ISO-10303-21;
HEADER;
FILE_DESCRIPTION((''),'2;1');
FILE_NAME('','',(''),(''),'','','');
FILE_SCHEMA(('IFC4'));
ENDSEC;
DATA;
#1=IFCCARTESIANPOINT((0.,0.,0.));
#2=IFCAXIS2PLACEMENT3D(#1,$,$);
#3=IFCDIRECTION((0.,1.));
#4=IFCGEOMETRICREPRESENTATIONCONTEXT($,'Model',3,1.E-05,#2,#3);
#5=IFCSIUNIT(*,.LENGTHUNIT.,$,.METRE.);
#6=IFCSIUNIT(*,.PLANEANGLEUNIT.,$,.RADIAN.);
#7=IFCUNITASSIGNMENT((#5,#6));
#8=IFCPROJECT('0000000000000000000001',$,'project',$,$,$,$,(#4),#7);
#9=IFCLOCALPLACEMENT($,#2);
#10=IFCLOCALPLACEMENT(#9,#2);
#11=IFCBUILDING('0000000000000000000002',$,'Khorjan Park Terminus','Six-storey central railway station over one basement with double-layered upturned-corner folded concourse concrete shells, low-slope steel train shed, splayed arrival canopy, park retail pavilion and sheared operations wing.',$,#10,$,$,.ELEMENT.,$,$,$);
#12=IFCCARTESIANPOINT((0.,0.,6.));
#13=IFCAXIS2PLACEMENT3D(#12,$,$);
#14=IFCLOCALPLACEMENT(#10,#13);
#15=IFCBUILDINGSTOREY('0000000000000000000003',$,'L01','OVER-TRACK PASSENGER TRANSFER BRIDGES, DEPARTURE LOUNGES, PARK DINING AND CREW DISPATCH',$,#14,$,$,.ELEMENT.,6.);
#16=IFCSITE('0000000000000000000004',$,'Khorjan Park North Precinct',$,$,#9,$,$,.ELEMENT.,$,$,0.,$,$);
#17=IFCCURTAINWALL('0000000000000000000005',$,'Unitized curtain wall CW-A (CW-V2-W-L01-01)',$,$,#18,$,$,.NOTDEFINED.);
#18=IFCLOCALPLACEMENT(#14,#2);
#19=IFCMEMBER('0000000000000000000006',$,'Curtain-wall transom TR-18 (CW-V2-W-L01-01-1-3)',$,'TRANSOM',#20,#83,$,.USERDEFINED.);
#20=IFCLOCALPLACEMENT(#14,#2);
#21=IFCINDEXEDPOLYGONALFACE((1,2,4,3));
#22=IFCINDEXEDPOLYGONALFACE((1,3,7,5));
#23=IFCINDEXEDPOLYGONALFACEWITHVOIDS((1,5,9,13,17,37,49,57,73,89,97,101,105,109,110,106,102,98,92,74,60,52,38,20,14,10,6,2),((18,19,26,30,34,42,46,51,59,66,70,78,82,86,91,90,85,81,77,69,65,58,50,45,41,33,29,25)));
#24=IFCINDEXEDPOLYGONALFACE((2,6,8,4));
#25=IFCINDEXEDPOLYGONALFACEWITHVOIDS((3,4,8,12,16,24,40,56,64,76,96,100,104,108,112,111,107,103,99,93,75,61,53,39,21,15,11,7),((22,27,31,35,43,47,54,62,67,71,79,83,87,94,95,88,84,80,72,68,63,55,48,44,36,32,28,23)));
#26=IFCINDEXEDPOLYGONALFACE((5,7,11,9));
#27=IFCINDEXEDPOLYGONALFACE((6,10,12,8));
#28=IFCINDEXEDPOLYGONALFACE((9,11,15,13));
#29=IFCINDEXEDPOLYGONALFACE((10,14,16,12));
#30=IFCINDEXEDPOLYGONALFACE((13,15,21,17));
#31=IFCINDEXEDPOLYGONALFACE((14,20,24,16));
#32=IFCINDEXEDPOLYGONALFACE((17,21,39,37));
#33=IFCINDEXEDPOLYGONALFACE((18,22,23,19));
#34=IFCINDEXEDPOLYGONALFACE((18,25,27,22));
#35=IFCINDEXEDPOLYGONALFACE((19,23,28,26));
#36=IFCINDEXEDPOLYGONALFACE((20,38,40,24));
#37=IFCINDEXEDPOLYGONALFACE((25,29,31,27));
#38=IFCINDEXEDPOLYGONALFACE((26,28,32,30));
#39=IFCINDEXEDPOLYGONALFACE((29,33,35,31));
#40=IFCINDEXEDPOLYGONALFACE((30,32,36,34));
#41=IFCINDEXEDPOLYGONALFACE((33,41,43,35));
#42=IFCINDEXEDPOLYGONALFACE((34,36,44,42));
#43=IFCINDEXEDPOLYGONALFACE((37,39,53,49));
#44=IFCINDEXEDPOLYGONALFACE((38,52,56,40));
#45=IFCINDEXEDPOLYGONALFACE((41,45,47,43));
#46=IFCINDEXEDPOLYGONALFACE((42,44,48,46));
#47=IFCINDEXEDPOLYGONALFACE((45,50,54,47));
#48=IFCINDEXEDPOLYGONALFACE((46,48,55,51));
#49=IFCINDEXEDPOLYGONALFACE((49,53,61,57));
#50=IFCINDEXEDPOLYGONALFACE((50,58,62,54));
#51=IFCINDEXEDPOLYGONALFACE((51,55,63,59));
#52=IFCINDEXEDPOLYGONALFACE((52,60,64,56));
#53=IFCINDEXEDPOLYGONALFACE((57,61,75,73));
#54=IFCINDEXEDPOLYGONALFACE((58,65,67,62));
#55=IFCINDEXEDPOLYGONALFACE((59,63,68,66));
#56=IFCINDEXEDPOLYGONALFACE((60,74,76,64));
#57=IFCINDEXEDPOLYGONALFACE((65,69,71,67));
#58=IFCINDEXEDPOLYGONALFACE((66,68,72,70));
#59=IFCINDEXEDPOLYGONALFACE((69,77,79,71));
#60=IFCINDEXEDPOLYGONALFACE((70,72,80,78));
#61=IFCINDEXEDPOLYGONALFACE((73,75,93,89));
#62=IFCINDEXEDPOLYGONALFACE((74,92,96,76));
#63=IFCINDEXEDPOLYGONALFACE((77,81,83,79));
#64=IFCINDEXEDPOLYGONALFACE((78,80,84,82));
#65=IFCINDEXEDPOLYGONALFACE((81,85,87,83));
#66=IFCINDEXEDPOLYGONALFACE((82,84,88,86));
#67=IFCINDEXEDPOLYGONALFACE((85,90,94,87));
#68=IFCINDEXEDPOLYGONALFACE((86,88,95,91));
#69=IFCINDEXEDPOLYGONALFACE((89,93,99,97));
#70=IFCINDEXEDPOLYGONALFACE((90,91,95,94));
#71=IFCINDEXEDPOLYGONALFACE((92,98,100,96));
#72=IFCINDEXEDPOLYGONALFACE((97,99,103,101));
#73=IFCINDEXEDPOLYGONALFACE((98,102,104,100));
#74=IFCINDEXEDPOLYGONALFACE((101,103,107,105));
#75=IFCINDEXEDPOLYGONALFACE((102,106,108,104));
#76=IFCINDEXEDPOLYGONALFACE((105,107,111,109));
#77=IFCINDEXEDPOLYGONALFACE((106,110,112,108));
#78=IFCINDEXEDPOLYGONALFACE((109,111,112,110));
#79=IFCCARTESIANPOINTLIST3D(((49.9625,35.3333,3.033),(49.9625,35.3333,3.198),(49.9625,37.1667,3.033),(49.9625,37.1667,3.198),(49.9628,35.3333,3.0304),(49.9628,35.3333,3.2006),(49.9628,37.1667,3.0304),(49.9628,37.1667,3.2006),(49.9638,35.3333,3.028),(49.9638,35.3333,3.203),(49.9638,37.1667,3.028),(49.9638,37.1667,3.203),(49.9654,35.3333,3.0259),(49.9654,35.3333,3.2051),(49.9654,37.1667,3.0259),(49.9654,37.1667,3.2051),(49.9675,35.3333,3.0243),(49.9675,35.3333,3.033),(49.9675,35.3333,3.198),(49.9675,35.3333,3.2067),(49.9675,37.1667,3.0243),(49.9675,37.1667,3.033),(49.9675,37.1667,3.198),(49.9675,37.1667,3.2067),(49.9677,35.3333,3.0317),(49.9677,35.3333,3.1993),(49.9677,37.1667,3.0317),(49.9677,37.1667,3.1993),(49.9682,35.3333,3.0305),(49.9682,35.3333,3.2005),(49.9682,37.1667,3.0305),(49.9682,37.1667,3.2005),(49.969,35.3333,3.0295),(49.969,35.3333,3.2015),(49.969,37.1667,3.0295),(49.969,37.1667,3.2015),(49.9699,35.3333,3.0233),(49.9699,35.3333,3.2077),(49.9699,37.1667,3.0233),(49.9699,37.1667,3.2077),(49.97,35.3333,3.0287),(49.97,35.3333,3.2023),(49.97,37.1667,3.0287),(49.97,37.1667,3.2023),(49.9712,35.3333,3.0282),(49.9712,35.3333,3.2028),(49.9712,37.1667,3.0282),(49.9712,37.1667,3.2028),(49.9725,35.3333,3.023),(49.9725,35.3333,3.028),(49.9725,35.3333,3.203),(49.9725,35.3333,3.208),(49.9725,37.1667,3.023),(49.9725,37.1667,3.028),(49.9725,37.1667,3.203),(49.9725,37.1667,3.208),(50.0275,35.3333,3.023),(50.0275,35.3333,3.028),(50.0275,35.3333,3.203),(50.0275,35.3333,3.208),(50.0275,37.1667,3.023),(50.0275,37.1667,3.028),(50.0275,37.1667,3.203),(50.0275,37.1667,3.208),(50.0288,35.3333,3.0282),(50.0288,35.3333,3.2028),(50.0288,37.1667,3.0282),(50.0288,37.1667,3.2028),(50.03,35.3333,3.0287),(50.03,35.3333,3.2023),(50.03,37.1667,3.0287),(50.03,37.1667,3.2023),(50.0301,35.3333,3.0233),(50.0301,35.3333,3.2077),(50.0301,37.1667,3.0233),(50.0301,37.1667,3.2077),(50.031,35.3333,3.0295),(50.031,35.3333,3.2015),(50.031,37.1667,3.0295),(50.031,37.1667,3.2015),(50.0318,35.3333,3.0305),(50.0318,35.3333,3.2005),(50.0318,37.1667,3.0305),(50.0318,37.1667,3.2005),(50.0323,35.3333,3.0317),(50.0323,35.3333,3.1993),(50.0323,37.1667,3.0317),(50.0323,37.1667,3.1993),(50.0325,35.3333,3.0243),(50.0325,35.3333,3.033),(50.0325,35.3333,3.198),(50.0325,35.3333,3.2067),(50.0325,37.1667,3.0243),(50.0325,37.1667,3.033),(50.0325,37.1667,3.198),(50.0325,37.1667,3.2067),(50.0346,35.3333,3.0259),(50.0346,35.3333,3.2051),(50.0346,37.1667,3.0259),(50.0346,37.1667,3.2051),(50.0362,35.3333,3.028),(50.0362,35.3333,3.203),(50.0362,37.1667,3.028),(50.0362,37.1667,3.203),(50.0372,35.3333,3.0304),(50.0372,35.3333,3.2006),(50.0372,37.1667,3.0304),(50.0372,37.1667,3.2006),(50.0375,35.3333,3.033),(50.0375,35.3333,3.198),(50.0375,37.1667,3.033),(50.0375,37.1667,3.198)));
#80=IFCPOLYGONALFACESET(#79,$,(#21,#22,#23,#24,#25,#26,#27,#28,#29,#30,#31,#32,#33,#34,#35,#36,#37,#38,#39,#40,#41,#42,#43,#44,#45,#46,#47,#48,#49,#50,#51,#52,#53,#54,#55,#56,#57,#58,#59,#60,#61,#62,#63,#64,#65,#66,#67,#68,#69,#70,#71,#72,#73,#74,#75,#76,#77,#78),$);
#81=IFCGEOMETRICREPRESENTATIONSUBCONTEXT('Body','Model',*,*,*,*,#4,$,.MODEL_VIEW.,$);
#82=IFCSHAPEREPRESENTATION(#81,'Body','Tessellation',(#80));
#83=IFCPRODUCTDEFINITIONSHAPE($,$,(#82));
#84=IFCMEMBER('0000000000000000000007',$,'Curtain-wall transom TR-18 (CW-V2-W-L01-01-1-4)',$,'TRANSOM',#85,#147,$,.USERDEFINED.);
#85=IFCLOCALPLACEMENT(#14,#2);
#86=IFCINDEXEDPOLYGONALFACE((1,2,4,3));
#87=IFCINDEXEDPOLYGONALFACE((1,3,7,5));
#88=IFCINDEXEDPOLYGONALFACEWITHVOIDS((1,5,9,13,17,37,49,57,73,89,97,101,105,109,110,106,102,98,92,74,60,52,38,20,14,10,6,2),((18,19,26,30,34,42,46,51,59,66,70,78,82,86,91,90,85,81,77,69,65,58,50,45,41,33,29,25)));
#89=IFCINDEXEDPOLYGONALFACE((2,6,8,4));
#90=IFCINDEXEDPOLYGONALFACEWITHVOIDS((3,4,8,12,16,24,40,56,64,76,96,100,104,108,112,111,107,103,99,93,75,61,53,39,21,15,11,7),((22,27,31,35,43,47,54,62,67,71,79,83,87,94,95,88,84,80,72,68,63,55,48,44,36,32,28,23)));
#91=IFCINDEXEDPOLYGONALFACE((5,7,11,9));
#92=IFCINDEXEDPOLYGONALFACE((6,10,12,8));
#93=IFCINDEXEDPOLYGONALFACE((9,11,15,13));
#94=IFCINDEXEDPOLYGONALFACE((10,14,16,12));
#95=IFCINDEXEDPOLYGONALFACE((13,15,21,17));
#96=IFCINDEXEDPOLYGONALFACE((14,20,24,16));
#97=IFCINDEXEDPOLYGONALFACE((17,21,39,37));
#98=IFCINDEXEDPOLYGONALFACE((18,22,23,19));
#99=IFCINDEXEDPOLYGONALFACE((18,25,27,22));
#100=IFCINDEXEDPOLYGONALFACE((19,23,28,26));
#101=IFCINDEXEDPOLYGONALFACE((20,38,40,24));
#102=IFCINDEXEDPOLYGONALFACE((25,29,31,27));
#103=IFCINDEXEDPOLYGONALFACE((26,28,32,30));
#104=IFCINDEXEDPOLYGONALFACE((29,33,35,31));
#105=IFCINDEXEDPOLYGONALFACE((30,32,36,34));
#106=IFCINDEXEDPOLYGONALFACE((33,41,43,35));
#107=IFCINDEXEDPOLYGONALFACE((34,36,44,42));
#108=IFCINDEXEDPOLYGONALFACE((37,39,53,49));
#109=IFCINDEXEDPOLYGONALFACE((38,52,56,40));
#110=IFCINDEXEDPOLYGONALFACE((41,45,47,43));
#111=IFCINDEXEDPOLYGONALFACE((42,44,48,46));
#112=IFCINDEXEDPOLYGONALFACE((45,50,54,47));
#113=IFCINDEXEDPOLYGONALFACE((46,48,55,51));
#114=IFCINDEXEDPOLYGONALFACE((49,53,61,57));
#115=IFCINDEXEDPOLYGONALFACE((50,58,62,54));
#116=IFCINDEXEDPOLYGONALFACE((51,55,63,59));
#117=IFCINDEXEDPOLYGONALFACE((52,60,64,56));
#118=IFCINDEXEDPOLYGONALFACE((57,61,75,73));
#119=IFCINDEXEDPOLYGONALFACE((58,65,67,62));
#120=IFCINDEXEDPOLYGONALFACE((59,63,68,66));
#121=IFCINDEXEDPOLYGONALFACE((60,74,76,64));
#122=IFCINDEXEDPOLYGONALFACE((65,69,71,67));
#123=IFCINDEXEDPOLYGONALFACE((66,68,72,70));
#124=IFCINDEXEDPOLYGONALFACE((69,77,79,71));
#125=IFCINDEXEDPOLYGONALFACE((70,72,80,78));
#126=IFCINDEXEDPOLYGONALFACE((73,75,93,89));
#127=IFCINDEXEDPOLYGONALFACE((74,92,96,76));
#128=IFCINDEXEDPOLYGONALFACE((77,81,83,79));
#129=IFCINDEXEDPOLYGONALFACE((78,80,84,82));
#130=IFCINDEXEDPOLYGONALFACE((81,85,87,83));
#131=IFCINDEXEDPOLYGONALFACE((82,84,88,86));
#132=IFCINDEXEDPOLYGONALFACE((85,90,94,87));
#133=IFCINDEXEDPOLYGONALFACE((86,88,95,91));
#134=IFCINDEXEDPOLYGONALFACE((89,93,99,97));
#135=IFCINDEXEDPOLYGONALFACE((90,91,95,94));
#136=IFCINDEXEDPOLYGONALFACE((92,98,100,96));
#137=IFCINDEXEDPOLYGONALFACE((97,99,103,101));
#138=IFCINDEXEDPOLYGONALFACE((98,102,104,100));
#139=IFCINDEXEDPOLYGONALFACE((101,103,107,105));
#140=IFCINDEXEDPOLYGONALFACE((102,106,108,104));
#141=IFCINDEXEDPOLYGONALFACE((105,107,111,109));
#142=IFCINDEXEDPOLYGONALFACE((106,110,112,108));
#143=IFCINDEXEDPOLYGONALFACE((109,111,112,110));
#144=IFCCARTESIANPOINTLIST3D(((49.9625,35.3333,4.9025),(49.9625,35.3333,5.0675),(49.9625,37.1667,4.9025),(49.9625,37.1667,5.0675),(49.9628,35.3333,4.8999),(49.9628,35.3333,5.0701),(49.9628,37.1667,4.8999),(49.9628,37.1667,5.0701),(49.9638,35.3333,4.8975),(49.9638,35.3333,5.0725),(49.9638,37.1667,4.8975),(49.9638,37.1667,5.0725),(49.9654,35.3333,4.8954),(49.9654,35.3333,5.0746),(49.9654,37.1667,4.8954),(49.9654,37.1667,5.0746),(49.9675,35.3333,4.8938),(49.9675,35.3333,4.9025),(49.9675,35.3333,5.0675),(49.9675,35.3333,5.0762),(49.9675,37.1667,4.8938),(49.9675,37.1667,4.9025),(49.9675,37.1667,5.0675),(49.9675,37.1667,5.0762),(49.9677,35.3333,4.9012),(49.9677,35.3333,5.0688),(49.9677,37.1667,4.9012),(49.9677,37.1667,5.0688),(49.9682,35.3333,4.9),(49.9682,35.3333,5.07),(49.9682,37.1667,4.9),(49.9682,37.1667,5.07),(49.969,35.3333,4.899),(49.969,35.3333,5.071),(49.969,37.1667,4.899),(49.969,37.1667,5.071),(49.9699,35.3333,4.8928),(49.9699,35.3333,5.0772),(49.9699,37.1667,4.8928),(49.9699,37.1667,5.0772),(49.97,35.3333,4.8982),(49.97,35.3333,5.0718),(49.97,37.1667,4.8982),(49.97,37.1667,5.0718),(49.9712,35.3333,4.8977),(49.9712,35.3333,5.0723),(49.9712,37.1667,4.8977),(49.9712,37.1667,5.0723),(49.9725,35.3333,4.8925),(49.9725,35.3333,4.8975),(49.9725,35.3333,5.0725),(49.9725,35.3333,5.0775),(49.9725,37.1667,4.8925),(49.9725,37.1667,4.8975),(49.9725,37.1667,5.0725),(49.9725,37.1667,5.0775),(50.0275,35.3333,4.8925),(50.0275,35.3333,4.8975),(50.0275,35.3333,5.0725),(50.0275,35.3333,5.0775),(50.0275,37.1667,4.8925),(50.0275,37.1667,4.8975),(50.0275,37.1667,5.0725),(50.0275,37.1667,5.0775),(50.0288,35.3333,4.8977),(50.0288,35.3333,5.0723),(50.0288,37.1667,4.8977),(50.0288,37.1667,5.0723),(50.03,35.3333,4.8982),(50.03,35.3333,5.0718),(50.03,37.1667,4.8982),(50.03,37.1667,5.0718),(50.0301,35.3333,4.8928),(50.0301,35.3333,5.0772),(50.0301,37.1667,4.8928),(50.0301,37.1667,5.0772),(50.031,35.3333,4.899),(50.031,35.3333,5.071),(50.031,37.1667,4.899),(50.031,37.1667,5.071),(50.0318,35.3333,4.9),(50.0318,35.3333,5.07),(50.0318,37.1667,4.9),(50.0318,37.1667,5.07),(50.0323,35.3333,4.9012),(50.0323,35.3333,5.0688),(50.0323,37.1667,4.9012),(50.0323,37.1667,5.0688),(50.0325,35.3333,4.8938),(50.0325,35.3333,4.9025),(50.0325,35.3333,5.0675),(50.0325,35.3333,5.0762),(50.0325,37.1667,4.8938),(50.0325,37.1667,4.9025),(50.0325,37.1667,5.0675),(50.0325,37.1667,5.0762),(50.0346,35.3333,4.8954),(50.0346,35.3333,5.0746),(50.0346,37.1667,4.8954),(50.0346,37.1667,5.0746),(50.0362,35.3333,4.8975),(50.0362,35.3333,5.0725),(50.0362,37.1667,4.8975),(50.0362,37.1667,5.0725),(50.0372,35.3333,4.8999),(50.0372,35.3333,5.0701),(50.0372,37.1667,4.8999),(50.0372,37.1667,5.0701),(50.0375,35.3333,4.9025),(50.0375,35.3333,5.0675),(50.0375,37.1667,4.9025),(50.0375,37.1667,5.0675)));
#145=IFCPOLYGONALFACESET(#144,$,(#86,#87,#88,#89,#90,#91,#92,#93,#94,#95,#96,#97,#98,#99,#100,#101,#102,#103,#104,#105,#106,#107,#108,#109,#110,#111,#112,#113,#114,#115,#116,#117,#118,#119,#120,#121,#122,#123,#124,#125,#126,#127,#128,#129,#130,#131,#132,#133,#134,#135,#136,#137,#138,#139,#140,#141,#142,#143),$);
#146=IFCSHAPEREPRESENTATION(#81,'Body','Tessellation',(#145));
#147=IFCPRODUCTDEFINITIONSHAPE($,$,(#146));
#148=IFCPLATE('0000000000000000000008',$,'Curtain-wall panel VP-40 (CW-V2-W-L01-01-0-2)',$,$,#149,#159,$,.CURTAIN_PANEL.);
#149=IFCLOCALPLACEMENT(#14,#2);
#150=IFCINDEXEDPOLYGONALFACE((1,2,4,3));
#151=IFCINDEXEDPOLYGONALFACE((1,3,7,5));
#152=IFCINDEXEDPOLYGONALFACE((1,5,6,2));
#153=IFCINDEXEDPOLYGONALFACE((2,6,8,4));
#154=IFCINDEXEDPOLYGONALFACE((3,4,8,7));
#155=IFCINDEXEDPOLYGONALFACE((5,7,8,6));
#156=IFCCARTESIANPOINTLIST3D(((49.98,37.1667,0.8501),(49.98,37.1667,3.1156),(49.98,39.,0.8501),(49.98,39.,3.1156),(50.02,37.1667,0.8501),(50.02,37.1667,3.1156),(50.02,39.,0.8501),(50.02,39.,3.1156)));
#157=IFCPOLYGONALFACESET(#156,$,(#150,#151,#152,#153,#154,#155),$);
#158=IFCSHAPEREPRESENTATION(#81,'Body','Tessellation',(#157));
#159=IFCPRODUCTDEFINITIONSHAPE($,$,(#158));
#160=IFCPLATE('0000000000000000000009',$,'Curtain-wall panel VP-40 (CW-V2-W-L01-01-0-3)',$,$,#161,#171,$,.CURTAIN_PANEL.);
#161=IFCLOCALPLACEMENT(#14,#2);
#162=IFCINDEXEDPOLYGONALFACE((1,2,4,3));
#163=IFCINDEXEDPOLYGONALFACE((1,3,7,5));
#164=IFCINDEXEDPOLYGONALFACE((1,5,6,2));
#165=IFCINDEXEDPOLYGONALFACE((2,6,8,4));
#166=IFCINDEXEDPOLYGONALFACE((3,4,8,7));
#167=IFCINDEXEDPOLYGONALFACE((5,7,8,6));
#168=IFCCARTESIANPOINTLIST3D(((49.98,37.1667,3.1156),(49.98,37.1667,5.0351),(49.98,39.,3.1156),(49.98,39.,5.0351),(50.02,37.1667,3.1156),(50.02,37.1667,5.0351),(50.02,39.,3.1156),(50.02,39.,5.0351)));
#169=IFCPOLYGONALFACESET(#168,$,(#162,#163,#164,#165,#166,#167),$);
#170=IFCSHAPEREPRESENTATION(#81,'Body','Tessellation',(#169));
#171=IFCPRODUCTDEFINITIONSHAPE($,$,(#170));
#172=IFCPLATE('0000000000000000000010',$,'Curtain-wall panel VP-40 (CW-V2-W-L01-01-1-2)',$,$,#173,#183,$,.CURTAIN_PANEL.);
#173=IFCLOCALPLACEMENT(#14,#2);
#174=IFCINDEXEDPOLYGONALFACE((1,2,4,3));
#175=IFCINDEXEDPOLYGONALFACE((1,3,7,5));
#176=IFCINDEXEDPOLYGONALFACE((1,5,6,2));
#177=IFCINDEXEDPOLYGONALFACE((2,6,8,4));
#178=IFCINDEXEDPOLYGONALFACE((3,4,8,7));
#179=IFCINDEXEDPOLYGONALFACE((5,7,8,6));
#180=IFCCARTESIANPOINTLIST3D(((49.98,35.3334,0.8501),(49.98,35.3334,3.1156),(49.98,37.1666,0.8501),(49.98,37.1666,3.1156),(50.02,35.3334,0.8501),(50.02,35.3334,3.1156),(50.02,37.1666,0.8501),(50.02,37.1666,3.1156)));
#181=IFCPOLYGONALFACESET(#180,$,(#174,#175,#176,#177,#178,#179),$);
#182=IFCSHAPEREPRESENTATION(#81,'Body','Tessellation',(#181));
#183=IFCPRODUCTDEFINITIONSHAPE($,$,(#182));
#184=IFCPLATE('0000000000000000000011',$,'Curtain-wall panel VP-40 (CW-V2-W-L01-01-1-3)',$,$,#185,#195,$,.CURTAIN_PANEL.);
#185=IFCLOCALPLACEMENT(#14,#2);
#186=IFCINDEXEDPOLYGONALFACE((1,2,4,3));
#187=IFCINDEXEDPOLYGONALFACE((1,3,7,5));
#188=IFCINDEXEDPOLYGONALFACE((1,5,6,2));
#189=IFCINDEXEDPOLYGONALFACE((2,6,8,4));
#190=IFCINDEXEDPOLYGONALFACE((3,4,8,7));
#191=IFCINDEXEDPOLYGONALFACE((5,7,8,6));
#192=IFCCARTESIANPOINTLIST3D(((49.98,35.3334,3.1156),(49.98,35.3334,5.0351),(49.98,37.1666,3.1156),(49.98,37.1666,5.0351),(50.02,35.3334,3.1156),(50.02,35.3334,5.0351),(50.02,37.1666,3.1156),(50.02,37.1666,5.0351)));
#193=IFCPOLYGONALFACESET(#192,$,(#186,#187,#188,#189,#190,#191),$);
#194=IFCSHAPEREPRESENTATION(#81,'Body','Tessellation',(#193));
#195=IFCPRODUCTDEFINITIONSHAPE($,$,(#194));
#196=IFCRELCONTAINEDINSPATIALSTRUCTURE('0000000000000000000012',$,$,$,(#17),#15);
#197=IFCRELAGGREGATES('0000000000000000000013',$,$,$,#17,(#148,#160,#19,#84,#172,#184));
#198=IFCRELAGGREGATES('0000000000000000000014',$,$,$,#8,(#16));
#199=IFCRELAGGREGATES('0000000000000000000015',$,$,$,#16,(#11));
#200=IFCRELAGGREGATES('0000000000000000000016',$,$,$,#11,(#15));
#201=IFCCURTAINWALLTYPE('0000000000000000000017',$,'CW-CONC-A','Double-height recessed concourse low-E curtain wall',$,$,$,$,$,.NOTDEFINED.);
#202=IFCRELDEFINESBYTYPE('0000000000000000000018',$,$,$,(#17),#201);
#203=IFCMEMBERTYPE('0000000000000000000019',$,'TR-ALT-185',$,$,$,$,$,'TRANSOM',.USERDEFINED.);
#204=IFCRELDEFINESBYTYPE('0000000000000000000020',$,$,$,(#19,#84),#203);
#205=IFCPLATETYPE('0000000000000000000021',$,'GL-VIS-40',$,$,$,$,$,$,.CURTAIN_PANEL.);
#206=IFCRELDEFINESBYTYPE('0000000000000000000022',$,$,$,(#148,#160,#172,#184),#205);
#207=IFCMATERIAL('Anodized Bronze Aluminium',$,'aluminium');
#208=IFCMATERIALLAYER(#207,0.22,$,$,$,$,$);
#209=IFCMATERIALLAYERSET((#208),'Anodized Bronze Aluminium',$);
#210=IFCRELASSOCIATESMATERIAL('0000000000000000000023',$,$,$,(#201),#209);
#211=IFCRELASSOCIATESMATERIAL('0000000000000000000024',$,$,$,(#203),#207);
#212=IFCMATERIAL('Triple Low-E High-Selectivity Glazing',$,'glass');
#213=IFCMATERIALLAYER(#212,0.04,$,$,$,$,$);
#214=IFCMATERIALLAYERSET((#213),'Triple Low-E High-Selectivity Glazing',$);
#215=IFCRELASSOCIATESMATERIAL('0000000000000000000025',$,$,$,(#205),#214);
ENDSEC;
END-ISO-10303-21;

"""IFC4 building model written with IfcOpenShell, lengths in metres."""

from ifc_helpers import new_model, si_unit, direction, frame, origin, origin_2d, place, context, subcontext, project, spatial, rectangle, hollow_rectangle, extrude, material, layer, layer_set, material_profile, profile_set, type_object, element, aggregate, save


model = new_model("IFC4")

# Units and contexts
model_context = context("Model", 3, precision=1e-05, world=origin(), true_north=direction((0.0, 1.0)))
body_context = subcontext(model_context, "Body", "Model", "MODEL_VIEW")
ifc_project = project(units=[si_unit("LENGTHUNIT", "METRE"), si_unit("PLANEANGLEUNIT", "RADIAN")], contexts=[model_context])

# Site, building, storey
site_placement = place(None, origin())
site = spatial("IfcSite", under=ifc_project, at=site_placement, Name="Khorjan Park North Precinct", CompositionType="ELEMENT", RefElevation=0.0)
building_placement = place(site_placement, origin())
building = spatial("IfcBuilding", under=site, at=building_placement, Name="Khorjan Park Terminus", Description="Six-storey central railway station over one basement with double-layered upturned-corner folded concourse concrete shells, low-slope steel train shed, splayed arrival canopy, park retail pavilion and sheared operations wing.", CompositionType="ELEMENT")
storey_placement = place(building_placement, frame((0.0, 0.0, 6.0)))
storey = spatial("IfcBuildingStorey", under=building, at=storey_placement, Name="L01", Description="OVER-TRACK PASSENGER TRANSFER BRIDGES, DEPARTURE LOUNGES, PARK DINING AND CREW DISPATCH", CompositionType="ELEMENT", Elevation=6.0)

# Curtain wall, members, plates
ifc_material_1 = material(Name="Anodized Bronze Aluminium", Category="aluminium")
ifc_layer_1 = layer(ifc_material_1, 0.22)
ifc_layer_set_1 = layer_set([ifc_layer_1], Name="Anodized Bronze Aluminium")
curtain_wall_type = type_object("IfcCurtainWallType", Name="CW-CONC-A", Description="Double-height recessed concourse low-E curtain wall", PredefinedType="NOTDEFINED", material=ifc_layer_set_1)
curtain_wall_placement = place(storey_placement, origin())
curtain_wall = element("IfcCurtainWall", 1, at=curtain_wall_placement, inside=storey, type_object=curtain_wall_type, Name="Unitized curtain wall CW-A (CW-V2-W-L01-01)", PredefinedType="NOTDEFINED")
ifc_material_profile_1 = material_profile(ifc_material_1, hollow_rectangle(XDim=0.075, YDim=0.185, WallThickness=0.005, InnerFilletRadius=0.005, OuterFilletRadius=0.01, at=origin_2d()), Name="ALT 75x185x5")
ifc_profile_set_1 = profile_set([ifc_material_profile_1], Name="Anodized Bronze Aluminium")
member_type_1 = type_object("IfcMemberType", Name="TR-ALT-185", ElementType="TRANSOM", PredefinedType="USERDEFINED", material=ifc_profile_set_1)
member_1_placement = place(storey_placement, frame((50.0, 37.1667, 3.1155), z_axis=(0.0, -1.0, 0.0), x_axis=(1.0, 0.0, 0.0)))
member_1 = element("IfcMember", 2, at=member_1_placement, type_object=member_type_1, Name="Curtain-wall transom TR-18 (CW-V2-W-L01-01-1-3)", ObjectType="TRANSOM", PredefinedType="USERDEFINED", context=body_context, shape_type="SweptSolid", body=[
    extrude(hollow_rectangle(XDim=0.075, YDim=0.185, WallThickness=0.005, InnerFilletRadius=0.005, OuterFilletRadius=0.01, at=origin_2d()), origin(), (0.0, 0.0, 1.0), 1.8334),
])
member_2_placement = place(storey_placement, frame((50.0, 37.1667, 4.985), z_axis=(0.0, -1.0, 0.0), x_axis=(1.0, 0.0, 0.0)))
member_2 = element("IfcMember", 3, at=member_2_placement, type_object=member_type_1, Name="Curtain-wall transom TR-18 (CW-V2-W-L01-01-1-4)", ObjectType="TRANSOM", PredefinedType="USERDEFINED", context=body_context, shape_type="SweptSolid", body=[
    extrude(hollow_rectangle(XDim=0.075, YDim=0.185, WallThickness=0.005, InnerFilletRadius=0.005, OuterFilletRadius=0.01, at=origin_2d()), origin(), (0.0, 0.0, 1.0), 1.8334),
])
ifc_material_2 = material(Name="Triple Low-E High-Selectivity Glazing", Category="glass")
ifc_layer_2 = layer(ifc_material_2, 0.04)
ifc_layer_set_2 = layer_set([ifc_layer_2], Name="Triple Low-E High-Selectivity Glazing")
plate_type_1 = type_object("IfcPlateType", Name="GL-VIS-40", PredefinedType="CURTAIN_PANEL", material=ifc_layer_set_2)
plate_1_placement = place(storey_placement, frame((50.0, 38.0833, 0.8501), z_axis=(0.0, 0.0, 1.0), x_axis=(0.0, -1.0, 0.0)))
plate_1 = element("IfcPlate", 4, at=plate_1_placement, type_object=plate_type_1, Name="Curtain-wall panel VP-40 (CW-V2-W-L01-01-0-2)", PredefinedType="CURTAIN_PANEL", context=body_context, shape_type="SweptSolid", body=[
    extrude(rectangle(XDim=1.8333, YDim=0.04, at=origin_2d()), origin(), (0.0, 0.0, 1.0), 2.2655),
])
plate_2_placement = place(storey_placement, frame((50.0, 38.0833, 3.1156), z_axis=(0.0, 0.0, 1.0), x_axis=(0.0, -1.0, 0.0)))
plate_2 = element("IfcPlate", 5, at=plate_2_placement, type_object=plate_type_1, Name="Curtain-wall panel VP-40 (CW-V2-W-L01-01-0-3)", PredefinedType="CURTAIN_PANEL", context=body_context, shape_type="SweptSolid", body=[
    extrude(rectangle(XDim=1.8333, YDim=0.04, at=origin_2d()), origin(), (0.0, 0.0, 1.0), 1.9195),
])
plate_3_placement = place(storey_placement, frame((50.0, 36.25, 0.8501), z_axis=(0.0, 0.0, 1.0), x_axis=(0.0, -1.0, 0.0)))
plate_3 = element("IfcPlate", 6, at=plate_3_placement, type_object=plate_type_1, Name="Curtain-wall panel VP-40 (CW-V2-W-L01-01-1-2)", PredefinedType="CURTAIN_PANEL", context=body_context, shape_type="SweptSolid", body=[
    extrude(rectangle(XDim=1.8333, YDim=0.04, at=origin_2d()), origin(), (0.0, 0.0, 1.0), 2.2655),
])
plate_4_placement = place(storey_placement, frame((50.0, 36.25, 3.1156), z_axis=(0.0, 0.0, 1.0), x_axis=(0.0, -1.0, 0.0)))
plate_4 = element("IfcPlate", 7, at=plate_4_placement, type_object=plate_type_1, Name="Curtain-wall panel VP-40 (CW-V2-W-L01-01-1-3)", PredefinedType="CURTAIN_PANEL", context=body_context, shape_type="SweptSolid", body=[
    extrude(rectangle(XDim=1.8333, YDim=0.04, at=origin_2d()), origin(), (0.0, 0.0, 1.0), 1.9195),
])
aggregate(curtain_wall, [plate_1, plate_2, member_1, member_2, plate_3, plate_4])

save(model, "model.ifc")
